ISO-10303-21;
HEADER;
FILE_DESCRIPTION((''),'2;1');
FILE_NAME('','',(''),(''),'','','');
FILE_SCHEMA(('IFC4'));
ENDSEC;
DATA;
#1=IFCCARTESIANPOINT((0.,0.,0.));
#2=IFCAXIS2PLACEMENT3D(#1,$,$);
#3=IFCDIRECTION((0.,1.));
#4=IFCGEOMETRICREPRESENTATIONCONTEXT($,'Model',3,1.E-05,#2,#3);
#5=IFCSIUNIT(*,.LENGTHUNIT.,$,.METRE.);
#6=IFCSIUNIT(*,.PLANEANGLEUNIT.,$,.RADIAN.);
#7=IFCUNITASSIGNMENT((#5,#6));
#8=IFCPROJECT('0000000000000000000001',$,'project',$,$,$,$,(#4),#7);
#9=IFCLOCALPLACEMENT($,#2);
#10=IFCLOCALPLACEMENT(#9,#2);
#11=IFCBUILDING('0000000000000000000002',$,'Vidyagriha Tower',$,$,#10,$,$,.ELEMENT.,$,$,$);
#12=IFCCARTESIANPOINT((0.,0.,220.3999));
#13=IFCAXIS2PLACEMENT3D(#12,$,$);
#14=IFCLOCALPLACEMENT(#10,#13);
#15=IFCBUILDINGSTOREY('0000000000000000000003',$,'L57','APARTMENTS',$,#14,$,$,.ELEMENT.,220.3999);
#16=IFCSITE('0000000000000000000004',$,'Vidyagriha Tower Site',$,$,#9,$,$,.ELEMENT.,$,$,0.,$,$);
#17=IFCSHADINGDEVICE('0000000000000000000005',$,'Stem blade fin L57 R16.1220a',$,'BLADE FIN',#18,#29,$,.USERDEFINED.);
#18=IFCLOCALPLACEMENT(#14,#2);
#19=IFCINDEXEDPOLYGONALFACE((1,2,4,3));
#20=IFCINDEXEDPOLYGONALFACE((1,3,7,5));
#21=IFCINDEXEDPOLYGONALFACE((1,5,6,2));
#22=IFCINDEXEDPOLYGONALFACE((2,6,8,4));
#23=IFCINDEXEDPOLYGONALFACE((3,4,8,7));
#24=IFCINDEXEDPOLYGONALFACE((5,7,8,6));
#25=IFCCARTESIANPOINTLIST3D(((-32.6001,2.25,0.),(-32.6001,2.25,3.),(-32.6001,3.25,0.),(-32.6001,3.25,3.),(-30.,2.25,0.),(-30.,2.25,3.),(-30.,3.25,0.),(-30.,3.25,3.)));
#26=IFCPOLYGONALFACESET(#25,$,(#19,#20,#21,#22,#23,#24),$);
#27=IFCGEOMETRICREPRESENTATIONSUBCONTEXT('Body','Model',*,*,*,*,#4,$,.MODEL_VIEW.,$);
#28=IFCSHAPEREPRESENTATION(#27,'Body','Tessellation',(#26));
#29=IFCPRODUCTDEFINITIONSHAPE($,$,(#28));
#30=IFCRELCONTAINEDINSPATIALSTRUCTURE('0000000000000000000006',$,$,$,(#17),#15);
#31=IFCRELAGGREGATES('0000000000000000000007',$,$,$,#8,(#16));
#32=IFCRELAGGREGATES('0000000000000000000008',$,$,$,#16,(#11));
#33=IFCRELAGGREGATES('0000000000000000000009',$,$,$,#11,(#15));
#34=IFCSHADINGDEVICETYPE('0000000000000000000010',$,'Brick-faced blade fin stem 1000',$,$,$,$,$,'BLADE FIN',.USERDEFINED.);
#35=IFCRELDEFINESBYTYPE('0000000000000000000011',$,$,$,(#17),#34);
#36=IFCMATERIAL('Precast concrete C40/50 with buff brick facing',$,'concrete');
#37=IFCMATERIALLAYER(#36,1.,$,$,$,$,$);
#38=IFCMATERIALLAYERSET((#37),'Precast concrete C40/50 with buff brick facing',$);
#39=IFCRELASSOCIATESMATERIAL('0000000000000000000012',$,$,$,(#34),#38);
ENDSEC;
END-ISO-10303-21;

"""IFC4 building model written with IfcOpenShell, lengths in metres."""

from ifc_helpers import new_model, si_unit, direction, frame, origin, place, context, subcontext, project, spatial, polyline, outline, extrude, material, layer, layer_set, type_object, element, save


model = new_model("IFC4")

# Units and contexts
model_context = context("Model", 3, precision=1e-05, world=origin(), true_north=direction((0.0, 1.0)))
body_context = subcontext(model_context, "Body", "Model", "MODEL_VIEW")
ifc_project = project(units=[si_unit("LENGTHUNIT", "METRE"), si_unit("PLANEANGLEUNIT", "RADIAN")], contexts=[model_context])

# Site, building, storey
site_placement = place(None, origin())
site = spatial("IfcSite", under=ifc_project, at=site_placement, Name="Vidyagriha Tower Site", CompositionType="ELEMENT", RefElevation=0.0)
building_placement = place(site_placement, origin())
building = spatial("IfcBuilding", under=site, at=building_placement, Name="Vidyagriha Tower", CompositionType="ELEMENT")
storey_placement = place(building_placement, frame((0.0, 0.0, 220.3999)))
storey = spatial("IfcBuildingStorey", under=building, at=storey_placement, Name="L57", Description="APARTMENTS", CompositionType="ELEMENT", Elevation=220.3999)

# Shading device
ifc_material_1 = material(Name="Precast concrete C40/50 with buff brick facing", Category="concrete")
ifc_layer_1 = layer(ifc_material_1, 1.0)
ifc_layer_set_1 = layer_set([ifc_layer_1], Name="Precast concrete C40/50 with buff brick facing")
shading_device_type_1 = type_object("IfcShadingDeviceType", Name="Brick-faced blade fin stem 1000", ElementType="BLADE FIN", PredefinedType="USERDEFINED", material=ifc_layer_set_1)
shading_device_1_placement = place(storey_placement, frame((-31.3, 3.25, 0.0), z_axis=(0.0, 0.0, 1.0), x_axis=(0.0, -1.0, 0.0)))
element("IfcShadingDevice", 1, at=shading_device_1_placement, inside=storey, type_object=shading_device_type_1, Name="Stem blade fin L57 R16.1220a", ObjectType="BLADE FIN", PredefinedType="USERDEFINED", context=body_context, shape_type="SweptSolid", body=[
    extrude(outline(polyline([(0.0, 0.0), (1.0, 0.0), (1.0, 3.0), (0.0, 3.0), (0.0, 0.0)])), frame((0.0, 1.3, 0.0), z_axis=(0.0, -1.0, 0.0), x_axis=(1.0, 0.0, 0.0)), (0.0, 0.0, 1.0), 2.6001),
])

save(model, "model.ifc")
